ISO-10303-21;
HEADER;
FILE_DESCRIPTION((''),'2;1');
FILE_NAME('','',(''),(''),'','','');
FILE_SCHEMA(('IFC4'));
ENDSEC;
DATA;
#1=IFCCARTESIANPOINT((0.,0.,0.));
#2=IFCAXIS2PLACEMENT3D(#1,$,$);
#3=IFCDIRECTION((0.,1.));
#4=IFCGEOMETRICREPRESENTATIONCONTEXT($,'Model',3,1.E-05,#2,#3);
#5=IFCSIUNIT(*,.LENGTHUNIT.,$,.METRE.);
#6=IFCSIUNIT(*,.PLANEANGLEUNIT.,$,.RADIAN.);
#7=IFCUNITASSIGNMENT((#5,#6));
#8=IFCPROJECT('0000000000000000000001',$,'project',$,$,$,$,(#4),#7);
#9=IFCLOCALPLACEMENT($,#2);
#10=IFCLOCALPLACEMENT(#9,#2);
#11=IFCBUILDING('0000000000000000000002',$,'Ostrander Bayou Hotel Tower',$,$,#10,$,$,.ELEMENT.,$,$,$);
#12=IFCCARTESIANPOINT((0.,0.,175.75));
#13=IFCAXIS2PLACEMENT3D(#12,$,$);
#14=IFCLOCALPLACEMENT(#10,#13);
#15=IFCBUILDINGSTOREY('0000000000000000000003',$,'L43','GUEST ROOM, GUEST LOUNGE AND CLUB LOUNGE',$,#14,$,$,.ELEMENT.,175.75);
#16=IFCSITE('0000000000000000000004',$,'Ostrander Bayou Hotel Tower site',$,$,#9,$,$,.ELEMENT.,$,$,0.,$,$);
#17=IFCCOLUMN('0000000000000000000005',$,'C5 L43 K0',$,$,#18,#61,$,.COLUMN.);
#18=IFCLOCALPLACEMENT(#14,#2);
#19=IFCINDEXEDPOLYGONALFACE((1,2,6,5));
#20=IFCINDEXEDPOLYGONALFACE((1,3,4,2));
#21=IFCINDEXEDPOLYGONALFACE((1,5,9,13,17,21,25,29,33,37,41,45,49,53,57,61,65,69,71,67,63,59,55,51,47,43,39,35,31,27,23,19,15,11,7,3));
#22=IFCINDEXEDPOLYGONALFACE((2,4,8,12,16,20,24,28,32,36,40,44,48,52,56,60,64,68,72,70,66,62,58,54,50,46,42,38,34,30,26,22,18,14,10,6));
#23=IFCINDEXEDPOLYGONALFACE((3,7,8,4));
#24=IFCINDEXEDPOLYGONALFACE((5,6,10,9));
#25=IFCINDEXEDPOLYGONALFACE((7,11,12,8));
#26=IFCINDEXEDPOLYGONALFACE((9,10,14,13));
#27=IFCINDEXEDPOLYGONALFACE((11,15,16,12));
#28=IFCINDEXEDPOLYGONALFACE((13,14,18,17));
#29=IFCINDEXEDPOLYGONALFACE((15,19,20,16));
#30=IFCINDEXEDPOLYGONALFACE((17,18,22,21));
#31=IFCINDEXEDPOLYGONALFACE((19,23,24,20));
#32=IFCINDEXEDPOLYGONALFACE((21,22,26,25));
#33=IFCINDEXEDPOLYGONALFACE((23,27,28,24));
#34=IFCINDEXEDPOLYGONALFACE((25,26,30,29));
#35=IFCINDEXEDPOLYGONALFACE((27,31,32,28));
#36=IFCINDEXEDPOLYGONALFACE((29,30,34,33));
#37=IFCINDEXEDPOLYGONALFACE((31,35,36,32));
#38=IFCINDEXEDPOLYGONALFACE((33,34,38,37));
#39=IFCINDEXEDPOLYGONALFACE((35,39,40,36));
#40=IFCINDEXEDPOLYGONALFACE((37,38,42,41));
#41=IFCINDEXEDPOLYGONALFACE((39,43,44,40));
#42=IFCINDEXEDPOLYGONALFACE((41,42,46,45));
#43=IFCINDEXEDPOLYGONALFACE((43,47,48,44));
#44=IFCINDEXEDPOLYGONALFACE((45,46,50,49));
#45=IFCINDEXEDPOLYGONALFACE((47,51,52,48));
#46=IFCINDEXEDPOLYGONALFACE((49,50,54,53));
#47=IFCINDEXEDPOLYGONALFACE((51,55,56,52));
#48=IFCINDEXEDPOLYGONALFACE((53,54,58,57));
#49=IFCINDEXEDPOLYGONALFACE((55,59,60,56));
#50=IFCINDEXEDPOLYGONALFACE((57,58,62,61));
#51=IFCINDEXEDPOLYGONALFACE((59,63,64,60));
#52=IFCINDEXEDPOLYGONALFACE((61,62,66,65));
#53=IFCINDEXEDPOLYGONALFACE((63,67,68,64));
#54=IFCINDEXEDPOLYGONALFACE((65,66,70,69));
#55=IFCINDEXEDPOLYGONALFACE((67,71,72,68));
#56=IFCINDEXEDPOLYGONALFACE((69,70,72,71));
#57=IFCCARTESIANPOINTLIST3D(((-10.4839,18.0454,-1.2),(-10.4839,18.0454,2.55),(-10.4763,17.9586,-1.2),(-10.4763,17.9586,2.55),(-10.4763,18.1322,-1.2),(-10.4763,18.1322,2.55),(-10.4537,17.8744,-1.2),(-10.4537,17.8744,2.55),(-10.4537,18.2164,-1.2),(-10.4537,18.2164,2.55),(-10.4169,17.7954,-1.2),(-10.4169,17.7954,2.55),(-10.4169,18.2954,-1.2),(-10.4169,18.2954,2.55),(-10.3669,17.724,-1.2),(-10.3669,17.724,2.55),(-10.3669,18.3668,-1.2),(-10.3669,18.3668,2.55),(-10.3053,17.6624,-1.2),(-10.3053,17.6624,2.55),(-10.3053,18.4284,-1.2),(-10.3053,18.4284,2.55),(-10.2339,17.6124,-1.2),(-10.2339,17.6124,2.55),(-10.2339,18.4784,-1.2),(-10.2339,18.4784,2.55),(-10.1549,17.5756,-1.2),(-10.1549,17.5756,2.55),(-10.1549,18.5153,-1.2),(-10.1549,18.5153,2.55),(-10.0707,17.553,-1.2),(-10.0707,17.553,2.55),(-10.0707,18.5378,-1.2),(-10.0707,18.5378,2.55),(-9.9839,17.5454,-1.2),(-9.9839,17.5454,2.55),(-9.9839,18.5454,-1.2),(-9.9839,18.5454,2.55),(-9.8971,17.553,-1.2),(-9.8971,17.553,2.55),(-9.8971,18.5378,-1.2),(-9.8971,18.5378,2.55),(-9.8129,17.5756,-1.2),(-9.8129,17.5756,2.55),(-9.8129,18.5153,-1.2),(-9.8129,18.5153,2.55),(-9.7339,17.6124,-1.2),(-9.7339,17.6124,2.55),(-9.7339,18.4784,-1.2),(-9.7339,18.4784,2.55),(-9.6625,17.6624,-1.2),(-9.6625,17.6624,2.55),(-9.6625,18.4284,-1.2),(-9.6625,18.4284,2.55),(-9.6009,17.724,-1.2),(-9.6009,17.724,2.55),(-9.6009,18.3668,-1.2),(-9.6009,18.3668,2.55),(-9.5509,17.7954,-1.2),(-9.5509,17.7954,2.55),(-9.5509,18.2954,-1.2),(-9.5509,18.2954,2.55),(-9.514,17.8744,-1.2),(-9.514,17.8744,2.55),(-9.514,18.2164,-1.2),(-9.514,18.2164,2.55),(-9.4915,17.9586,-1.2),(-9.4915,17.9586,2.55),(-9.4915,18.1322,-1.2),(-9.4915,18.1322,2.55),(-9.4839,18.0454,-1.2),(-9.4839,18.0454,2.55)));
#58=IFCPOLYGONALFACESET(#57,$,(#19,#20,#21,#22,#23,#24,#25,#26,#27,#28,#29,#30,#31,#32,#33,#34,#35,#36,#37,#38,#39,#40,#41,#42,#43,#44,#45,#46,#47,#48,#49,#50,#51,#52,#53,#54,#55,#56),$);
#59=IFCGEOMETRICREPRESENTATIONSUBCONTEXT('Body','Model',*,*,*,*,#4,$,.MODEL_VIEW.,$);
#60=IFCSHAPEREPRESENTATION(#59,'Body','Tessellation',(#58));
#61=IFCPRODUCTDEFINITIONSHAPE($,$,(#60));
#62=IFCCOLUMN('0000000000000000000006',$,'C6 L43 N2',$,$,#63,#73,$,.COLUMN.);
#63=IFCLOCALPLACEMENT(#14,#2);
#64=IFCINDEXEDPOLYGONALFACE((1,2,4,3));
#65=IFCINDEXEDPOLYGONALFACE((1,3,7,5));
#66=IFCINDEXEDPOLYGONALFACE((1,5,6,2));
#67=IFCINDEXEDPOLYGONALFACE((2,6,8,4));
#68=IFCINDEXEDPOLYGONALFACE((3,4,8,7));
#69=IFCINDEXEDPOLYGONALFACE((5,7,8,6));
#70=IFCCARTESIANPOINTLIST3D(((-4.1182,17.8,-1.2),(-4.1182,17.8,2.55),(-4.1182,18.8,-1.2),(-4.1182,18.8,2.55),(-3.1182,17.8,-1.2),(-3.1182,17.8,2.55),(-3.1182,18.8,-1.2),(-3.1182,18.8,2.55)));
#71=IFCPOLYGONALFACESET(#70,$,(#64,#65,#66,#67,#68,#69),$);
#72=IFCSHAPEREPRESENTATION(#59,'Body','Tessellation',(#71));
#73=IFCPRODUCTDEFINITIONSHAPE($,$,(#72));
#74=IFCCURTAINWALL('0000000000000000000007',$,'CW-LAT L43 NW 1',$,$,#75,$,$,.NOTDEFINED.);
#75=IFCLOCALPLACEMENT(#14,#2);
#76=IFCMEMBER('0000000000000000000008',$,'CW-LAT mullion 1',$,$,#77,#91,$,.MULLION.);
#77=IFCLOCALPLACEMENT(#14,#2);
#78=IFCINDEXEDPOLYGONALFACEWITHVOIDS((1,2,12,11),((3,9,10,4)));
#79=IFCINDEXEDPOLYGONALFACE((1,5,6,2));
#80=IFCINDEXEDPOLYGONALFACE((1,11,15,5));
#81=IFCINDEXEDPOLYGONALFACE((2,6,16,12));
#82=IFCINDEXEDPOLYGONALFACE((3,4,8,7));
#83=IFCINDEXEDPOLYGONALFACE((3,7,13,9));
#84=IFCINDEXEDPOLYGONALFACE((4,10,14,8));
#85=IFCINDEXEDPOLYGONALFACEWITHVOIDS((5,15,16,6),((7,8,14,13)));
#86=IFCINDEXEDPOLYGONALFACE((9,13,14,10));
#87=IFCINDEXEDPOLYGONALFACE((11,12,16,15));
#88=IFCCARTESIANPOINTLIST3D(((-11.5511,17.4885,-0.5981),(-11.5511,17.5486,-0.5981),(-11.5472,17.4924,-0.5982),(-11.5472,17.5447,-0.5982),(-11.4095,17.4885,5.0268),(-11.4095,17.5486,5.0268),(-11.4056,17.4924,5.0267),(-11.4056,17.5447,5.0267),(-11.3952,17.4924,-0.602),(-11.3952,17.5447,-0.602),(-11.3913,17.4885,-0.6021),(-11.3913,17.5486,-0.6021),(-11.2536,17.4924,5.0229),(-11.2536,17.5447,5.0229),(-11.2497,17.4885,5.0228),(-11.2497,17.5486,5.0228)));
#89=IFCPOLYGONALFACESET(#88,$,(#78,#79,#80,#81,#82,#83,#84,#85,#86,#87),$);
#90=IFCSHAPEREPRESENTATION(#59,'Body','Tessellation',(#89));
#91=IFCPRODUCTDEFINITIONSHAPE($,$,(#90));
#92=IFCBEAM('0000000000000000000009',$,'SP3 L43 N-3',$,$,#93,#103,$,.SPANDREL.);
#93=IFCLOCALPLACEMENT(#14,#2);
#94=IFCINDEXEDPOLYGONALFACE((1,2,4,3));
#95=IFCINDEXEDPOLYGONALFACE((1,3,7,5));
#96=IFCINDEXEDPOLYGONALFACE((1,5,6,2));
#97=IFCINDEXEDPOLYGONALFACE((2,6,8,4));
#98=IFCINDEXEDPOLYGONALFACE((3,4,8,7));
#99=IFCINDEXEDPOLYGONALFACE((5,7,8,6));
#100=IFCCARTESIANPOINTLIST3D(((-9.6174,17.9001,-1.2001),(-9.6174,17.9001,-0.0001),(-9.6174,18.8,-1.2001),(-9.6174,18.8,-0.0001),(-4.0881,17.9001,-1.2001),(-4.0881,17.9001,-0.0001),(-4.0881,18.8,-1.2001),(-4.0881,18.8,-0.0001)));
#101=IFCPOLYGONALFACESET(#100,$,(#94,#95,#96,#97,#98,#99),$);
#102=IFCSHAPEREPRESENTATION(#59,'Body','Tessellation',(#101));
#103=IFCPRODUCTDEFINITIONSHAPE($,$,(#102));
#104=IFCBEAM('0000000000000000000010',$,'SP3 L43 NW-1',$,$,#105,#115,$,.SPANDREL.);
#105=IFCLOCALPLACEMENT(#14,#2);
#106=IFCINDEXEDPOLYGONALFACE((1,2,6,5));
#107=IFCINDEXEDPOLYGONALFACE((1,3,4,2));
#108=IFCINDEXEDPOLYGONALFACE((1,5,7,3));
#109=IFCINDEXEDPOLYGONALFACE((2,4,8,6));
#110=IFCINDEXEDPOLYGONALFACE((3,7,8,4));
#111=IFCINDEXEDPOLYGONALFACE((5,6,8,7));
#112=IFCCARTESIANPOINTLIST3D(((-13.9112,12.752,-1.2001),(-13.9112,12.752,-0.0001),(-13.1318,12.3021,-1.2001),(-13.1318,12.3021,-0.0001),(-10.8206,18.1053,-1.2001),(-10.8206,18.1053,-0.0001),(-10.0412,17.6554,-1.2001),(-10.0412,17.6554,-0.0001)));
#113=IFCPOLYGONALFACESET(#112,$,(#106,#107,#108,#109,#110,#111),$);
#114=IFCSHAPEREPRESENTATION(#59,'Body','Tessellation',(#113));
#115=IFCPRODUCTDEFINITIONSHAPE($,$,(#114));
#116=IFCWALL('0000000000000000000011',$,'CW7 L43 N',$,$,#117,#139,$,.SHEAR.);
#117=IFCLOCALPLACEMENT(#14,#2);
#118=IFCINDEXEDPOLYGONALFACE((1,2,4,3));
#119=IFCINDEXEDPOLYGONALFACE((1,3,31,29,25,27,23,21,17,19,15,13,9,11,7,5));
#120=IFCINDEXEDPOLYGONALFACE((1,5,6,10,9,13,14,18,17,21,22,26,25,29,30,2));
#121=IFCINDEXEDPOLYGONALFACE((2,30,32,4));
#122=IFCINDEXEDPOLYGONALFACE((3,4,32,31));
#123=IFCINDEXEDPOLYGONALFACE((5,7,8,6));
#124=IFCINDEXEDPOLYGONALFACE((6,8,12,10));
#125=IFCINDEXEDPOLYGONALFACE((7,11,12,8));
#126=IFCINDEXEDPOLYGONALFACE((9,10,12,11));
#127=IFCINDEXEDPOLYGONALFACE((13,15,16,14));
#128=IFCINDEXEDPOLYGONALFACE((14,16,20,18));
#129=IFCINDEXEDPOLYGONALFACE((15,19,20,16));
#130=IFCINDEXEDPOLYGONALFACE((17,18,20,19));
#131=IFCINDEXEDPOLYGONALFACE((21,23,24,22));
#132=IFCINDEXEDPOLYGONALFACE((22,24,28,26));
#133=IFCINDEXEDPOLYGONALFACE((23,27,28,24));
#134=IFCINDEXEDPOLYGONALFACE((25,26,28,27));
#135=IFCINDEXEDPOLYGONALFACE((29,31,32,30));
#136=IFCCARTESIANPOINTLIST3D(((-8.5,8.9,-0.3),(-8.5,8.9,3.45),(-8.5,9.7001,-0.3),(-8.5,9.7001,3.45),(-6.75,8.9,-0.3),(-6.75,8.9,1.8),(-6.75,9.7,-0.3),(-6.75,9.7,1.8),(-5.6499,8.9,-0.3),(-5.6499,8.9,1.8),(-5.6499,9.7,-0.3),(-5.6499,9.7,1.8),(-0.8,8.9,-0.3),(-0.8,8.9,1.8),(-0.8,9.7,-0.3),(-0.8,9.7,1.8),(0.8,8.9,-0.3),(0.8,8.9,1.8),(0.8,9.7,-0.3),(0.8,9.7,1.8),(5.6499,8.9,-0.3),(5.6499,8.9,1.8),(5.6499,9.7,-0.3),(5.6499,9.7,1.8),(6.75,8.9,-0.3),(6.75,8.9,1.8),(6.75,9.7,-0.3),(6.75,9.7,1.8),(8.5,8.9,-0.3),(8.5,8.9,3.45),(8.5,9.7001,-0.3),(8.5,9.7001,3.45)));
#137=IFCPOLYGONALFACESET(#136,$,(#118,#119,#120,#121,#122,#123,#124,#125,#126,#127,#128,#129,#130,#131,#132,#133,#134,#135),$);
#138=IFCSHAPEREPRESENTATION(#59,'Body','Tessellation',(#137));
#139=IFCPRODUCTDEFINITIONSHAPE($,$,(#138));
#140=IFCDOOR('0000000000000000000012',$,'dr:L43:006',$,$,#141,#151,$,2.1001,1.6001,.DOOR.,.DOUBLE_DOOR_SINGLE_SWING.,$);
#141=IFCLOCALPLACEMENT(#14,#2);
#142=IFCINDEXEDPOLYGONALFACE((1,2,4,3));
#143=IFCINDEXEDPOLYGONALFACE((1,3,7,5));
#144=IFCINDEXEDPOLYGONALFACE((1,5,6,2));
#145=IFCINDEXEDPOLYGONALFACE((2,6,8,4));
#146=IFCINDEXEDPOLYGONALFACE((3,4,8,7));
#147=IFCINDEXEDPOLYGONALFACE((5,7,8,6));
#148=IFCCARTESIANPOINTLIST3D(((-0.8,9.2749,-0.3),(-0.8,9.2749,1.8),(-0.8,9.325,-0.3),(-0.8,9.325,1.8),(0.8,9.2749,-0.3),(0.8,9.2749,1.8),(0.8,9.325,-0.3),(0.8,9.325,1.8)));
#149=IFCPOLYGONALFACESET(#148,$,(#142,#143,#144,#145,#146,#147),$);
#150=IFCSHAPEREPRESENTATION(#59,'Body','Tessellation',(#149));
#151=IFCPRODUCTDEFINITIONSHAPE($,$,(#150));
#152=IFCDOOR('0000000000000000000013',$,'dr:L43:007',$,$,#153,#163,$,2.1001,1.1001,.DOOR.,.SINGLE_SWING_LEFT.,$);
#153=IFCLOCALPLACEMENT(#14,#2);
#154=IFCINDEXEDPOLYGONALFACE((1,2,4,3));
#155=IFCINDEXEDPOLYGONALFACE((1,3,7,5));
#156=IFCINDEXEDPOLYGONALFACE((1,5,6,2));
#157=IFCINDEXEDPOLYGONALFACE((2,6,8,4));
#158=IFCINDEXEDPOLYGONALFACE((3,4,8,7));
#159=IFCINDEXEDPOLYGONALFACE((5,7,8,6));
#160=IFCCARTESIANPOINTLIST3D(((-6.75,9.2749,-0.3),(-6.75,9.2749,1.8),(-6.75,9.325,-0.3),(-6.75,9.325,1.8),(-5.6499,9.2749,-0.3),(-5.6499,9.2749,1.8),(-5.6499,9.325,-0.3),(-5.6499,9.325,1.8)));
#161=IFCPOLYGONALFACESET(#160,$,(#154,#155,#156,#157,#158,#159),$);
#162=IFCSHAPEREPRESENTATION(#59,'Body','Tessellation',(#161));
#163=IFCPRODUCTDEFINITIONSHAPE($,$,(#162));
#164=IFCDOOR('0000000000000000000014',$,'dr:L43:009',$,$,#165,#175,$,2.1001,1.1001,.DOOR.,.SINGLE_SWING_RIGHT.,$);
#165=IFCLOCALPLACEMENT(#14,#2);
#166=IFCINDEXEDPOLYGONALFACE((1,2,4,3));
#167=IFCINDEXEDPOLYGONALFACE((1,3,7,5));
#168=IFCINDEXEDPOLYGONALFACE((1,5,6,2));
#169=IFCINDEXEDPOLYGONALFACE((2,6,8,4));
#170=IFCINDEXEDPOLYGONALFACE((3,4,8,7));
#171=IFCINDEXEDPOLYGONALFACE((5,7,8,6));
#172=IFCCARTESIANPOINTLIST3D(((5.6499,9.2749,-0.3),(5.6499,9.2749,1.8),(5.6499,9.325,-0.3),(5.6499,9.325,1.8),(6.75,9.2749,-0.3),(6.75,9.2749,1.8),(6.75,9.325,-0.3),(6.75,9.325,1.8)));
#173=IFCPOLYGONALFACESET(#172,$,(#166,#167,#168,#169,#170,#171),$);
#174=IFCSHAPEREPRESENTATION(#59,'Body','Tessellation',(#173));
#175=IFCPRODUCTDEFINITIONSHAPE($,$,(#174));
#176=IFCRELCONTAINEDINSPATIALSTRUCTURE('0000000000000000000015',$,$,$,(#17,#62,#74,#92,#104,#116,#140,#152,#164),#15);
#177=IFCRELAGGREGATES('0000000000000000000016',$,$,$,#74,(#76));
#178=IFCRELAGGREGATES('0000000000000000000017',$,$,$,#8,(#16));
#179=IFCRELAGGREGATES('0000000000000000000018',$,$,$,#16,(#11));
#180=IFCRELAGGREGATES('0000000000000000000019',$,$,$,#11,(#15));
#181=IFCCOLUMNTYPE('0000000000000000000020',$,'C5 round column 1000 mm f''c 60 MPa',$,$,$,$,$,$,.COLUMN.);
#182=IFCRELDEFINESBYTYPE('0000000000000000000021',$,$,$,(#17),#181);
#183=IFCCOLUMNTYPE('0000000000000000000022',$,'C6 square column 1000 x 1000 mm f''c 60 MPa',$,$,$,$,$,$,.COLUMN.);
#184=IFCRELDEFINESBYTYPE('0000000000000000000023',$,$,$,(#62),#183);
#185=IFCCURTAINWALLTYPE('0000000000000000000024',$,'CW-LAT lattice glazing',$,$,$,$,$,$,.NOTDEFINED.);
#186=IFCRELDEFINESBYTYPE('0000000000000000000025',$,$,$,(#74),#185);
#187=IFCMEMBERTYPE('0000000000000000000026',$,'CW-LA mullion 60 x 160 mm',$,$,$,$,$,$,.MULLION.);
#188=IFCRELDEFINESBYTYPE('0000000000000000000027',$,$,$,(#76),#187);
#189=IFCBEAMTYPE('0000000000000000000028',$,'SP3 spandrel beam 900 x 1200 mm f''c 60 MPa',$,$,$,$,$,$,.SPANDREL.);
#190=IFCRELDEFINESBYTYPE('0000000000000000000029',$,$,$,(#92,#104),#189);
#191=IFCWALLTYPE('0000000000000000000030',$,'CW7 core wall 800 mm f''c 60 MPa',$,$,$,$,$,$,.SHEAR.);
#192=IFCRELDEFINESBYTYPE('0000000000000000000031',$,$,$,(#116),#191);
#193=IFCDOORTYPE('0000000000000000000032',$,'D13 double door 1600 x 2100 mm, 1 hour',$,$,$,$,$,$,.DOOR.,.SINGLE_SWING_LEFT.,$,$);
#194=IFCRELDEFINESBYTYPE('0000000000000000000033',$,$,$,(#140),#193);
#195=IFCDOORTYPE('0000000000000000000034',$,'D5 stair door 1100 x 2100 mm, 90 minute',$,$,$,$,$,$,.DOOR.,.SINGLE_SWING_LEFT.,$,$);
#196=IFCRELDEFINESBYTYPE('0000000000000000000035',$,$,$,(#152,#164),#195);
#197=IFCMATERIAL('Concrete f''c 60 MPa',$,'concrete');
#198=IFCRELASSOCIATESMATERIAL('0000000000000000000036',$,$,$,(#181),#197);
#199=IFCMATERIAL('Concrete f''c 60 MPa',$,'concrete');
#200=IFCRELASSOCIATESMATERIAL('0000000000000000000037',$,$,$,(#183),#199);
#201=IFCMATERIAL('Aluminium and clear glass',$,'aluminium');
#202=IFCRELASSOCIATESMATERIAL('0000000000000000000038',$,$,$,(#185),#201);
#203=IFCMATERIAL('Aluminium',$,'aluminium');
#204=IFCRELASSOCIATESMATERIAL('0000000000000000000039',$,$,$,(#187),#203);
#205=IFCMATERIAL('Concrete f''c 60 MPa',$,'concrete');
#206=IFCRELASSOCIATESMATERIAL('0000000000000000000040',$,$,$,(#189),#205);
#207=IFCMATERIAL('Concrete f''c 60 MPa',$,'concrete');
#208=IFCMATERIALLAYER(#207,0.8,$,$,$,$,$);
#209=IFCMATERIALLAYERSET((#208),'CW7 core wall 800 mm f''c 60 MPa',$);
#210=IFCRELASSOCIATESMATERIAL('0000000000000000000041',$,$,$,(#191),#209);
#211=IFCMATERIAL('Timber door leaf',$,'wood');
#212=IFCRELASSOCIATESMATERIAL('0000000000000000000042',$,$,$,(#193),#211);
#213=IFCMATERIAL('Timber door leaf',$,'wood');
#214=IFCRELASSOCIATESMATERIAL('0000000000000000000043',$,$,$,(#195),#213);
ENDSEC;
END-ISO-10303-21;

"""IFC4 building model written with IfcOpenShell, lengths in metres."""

from ifc_helpers import new_model, si_unit, direction, frame, frame_2d, origin, origin_2d, place, context, subcontext, project, spatial, rectangle, hollow_rectangle, circle, extrude, material, layer, layer_set, material_profile, profile_set, type_object, element, fill, aggregate, save


model = new_model("IFC4")

# Units and contexts
model_context = context("Model", 3, precision=1e-05, world=origin(), true_north=direction((0.0, 1.0)))
body_context = subcontext(model_context, "Body", "Model", "MODEL_VIEW")
ifc_project = project(units=[si_unit("LENGTHUNIT", "METRE"), si_unit("PLANEANGLEUNIT", "RADIAN")], contexts=[model_context])

# Site, building, storey
site_placement = place(None, origin())
site = spatial("IfcSite", under=ifc_project, at=site_placement, Name="Ostrander Bayou Hotel Tower site", CompositionType="ELEMENT", RefElevation=0.0)
building_placement = place(site_placement, origin())
building = spatial("IfcBuilding", under=site, at=building_placement, Name="Ostrander Bayou Hotel Tower", CompositionType="ELEMENT")
storey_placement = place(building_placement, frame((0.0, 0.0, 175.75)))
storey = spatial("IfcBuildingStorey", under=building, at=storey_placement, Name="L43", Description="GUEST ROOM, GUEST LOUNGE AND CLUB LOUNGE", CompositionType="ELEMENT", Elevation=175.75)

# Columns
ifc_material_1 = material(Name="Concrete f'c 60 MPa", Category="concrete")
ifc_material_profile_1 = material_profile(ifc_material_1, circle(Radius=0.5, at=origin_2d()))
ifc_profile_set_1 = profile_set([ifc_material_profile_1], Name="Concrete f'c 60 MPa")
column_type_1 = type_object("IfcColumnType", Name="C5 round column 1000 mm f'c 60 MPa", PredefinedType="COLUMN", material=ifc_profile_set_1)
column_1_placement = place(storey_placement, frame((-9.9839, 18.0454, -1.2), z_axis=(0.0, 0.0, 1.0), x_axis=(1.0, 0.0, 0.0)))
element("IfcColumn", 1, at=column_1_placement, inside=storey, type_object=column_type_1, Name="C5 L43 K0", PredefinedType="COLUMN", context=body_context, shape_type="SweptSolid", body=[
    extrude(circle(Radius=0.5, at=origin_2d()), origin(), (0.0, 0.0, 1.0), 3.75),
])
ifc_material_2 = material(Name="Concrete f'c 60 MPa", Category="concrete")
ifc_material_profile_2 = material_profile(ifc_material_2, rectangle(XDim=1.0, YDim=1.0, at=origin_2d()))
ifc_profile_set_2 = profile_set([ifc_material_profile_2], Name="Concrete f'c 60 MPa")
column_type_2 = type_object("IfcColumnType", Name="C6 square column 1000 x 1000 mm f'c 60 MPa", PredefinedType="COLUMN", material=ifc_profile_set_2)
column_2_placement = place(storey_placement, frame((-3.6182, 18.3, -1.2), z_axis=(0.0, 0.0, 1.0), x_axis=(1.0, 0.0, 0.0)))
element("IfcColumn", 2, at=column_2_placement, inside=storey, type_object=column_type_2, Name="C6 L43 N2", PredefinedType="COLUMN", context=body_context, shape_type="SweptSolid", body=[
    extrude(rectangle(XDim=1.0, YDim=1.0, at=origin_2d()), origin(), (0.0, 0.0, 1.0), 3.75),
])

# Curtain wall, member
ifc_material_3 = material(Name="Aluminium and clear glass", Category="aluminium")
curtain_wall_type = type_object("IfcCurtainWallType", Name="CW-LAT lattice glazing", PredefinedType="NOTDEFINED", material=ifc_material_3)
curtain_wall_placement = place(storey_placement, origin())
curtain_wall = element("IfcCurtainWall", 3, at=curtain_wall_placement, inside=storey, type_object=curtain_wall_type, Name="CW-LAT L43 NW 1", PredefinedType="NOTDEFINED")
ifc_material_4 = material(Name="Aluminium", Category="aluminium")
ifc_material_profile_3 = material_profile(ifc_material_4, hollow_rectangle(XDim=0.0601, YDim=0.1599, WallThickness=0.0039, at=origin_2d()))
ifc_profile_set_3 = profile_set([ifc_material_profile_3], Name="Aluminium")
member_type = type_object("IfcMemberType", Name="CW-LA mullion 60 x 160 mm", PredefinedType="MULLION", material=ifc_profile_set_3)
member_placement = place(storey_placement, frame((-11.4712, 17.5186, -0.6001), z_axis=(0.025166, 0.0, 0.999683), x_axis=(0.0, 1.0, 0.0)))
member = element("IfcMember", 4, at=member_placement, type_object=member_type, Name="CW-LAT mullion 1", PredefinedType="MULLION", context=body_context, shape_type="SweptSolid", body=[
    extrude(hollow_rectangle(XDim=0.0601, YDim=0.1599, WallThickness=0.0039, at=origin_2d()), origin(), (0.0, 0.0, 1.0), 5.6267),
])
aggregate(curtain_wall, [member])

# Beams
ifc_material_5 = material(Name="Concrete f'c 60 MPa", Category="concrete")
ifc_material_profile_4 = material_profile(ifc_material_5, rectangle(XDim=0.8999, YDim=1.2, at=origin_2d()))
ifc_profile_set_4 = profile_set([ifc_material_profile_4], Name="Concrete f'c 60 MPa")
beam_type = type_object("IfcBeamType", Name="SP3 spandrel beam 900 x 1200 mm f'c 60 MPa", PredefinedType="SPANDREL", material=ifc_profile_set_4)
beam_1_placement = place(storey_placement, frame((-4.0881, 18.3501, -0.6001), z_axis=(-1.0, 0.0, 0.0), x_axis=(0.0, -1.0, 0.0)))
element("IfcBeam", 5, at=beam_1_placement, inside=storey, type_object=beam_type, Name="SP3 L43 N-3", PredefinedType="SPANDREL", context=body_context, shape_type="SweptSolid", body=[
    extrude(rectangle(XDim=0.8999, YDim=1.2, at=origin_2d()), origin(), (0.0, 0.0, 1.0), 5.5293),
])
beam_2_placement = place(storey_placement, frame((-10.4309, 17.8804, -0.6001), z_axis=(-0.499983, -0.866035, 0.0), x_axis=(0.866035, -0.499983, 0.0)))
element("IfcBeam", 6, at=beam_2_placement, inside=storey, type_object=beam_type, Name="SP3 L43 NW-1", PredefinedType="SPANDREL", context=body_context, shape_type="SweptSolid", body=[
    extrude(rectangle(XDim=0.8999, YDim=1.2, at=origin_2d()), origin(), (0.0, 0.0, 1.0), 6.1814),
])

# Wall, openings, doors
ifc_material_6 = material(Name="Concrete f'c 60 MPa", Category="concrete")
ifc_layer_1 = layer(ifc_material_6, 0.8)
ifc_layer_set_1 = layer_set([ifc_layer_1], Name="CW7 core wall 800 mm f'c 60 MPa")
wall_type_1 = type_object("IfcWallType", Name="CW7 core wall 800 mm f'c 60 MPa", PredefinedType="SHEAR", material=ifc_layer_set_1)
wall_1_placement = place(storey_placement, frame((-8.5, 9.3, -0.3), z_axis=(0.0, 0.0, 1.0), x_axis=(1.0, 0.0, 0.0)))
wall_1 = element("IfcWall", 7, at=wall_1_placement, inside=storey, type_object=wall_type_1, Name="CW7 L43 N", PredefinedType="SHEAR", context=body_context, shape_type="SweptSolid", body=[
    extrude(rectangle(XDim=17.0, YDim=0.8, at=frame_2d((8.5, 0.0))), origin(), (0.0, 0.0, 1.0), 3.75),
])
opening_1_placement = place(wall_1_placement, frame((7.7, 0.0, 0.0)))
opening_1 = element("IfcOpeningElement", 8, at=opening_1_placement, cuts=wall_1, PredefinedType="OPENING", context=body_context, shape_type="SweptSolid", body=[
    extrude(rectangle(XDim=1.6001, YDim=2.1001, at=frame_2d((0.8, 1.05))), frame((0.0, 0.3999, 0.0), z_axis=(0.0, -1.0, 0.0), x_axis=(1.0, 0.0, 0.0)), (0.0, 0.0, 1.0), 0.8),
])
opening_2_placement = place(wall_1_placement, frame((1.75, 0.0, 0.0)))
opening_2 = element("IfcOpeningElement", 9, at=opening_2_placement, cuts=wall_1, PredefinedType="OPENING", context=body_context, shape_type="SweptSolid", body=[
    extrude(rectangle(XDim=1.1001, YDim=2.1001, at=frame_2d((0.55, 1.05))), frame((0.0, 0.3999, 0.0), z_axis=(0.0, -1.0, 0.0), x_axis=(1.0, 0.0, 0.0)), (0.0, 0.0, 1.0), 0.8),
])
opening_3_placement = place(wall_1_placement, frame((14.1499, 0.0, 0.0)))
opening_3 = element("IfcOpeningElement", 10, at=opening_3_placement, cuts=wall_1, PredefinedType="OPENING", context=body_context, shape_type="SweptSolid", body=[
    extrude(rectangle(XDim=1.1001, YDim=2.1001, at=frame_2d((0.55, 1.05))), frame((0.0, 0.3999, 0.0), z_axis=(0.0, -1.0, 0.0), x_axis=(1.0, 0.0, 0.0)), (0.0, 0.0, 1.0), 0.8),
])
ifc_material_7 = material(Name="Timber door leaf", Category="wood")
door_type_1 = type_object("IfcDoorType", Name="D13 double door 1600 x 2100 mm, 1 hour", OperationType="SINGLE_SWING_LEFT", PredefinedType="DOOR", material=ifc_material_7)
door_1_placement = place(opening_1_placement, origin())
door_1 = element("IfcDoor", 11, at=door_1_placement, inside=storey, type_object=door_type_1, Name="dr:L43:006", OperationType="DOUBLE_DOOR_SINGLE_SWING", OverallHeight=2.1001, OverallWidth=1.6001, PredefinedType="DOOR", context=body_context, shape_type="SweptSolid", body=[
    extrude(rectangle(XDim=1.6001, YDim=2.1001, at=frame_2d((0.8, 1.05))), frame((0.0, 0.0249, 0.0), z_axis=(0.0, -1.0, 0.0), x_axis=(1.0, 0.0, 0.0)), (0.0, 0.0, 1.0), 0.05),
])
fill(opening_1, door_1)
ifc_material_8 = material(Name="Timber door leaf", Category="wood")
door_type_2 = type_object("IfcDoorType", Name="D5 stair door 1100 x 2100 mm, 90 minute", OperationType="SINGLE_SWING_LEFT", PredefinedType="DOOR", material=ifc_material_8)
door_2_placement = place(opening_2_placement, origin())
door_2 = element("IfcDoor", 12, at=door_2_placement, inside=storey, type_object=door_type_2, Name="dr:L43:007", OperationType="SINGLE_SWING_LEFT", OverallHeight=2.1001, OverallWidth=1.1001, PredefinedType="DOOR", context=body_context, shape_type="SweptSolid", body=[
    extrude(rectangle(XDim=1.1001, YDim=2.1001, at=frame_2d((0.55, 1.05))), frame((0.0, 0.0249, 0.0), z_axis=(0.0, -1.0, 0.0), x_axis=(1.0, 0.0, 0.0)), (0.0, 0.0, 1.0), 0.05),
])
fill(opening_2, door_2)
door_3_placement = place(opening_3_placement, origin())
door_3 = element("IfcDoor", 13, at=door_3_placement, inside=storey, type_object=door_type_2, Name="dr:L43:009", OperationType="SINGLE_SWING_RIGHT", OverallHeight=2.1001, OverallWidth=1.1001, PredefinedType="DOOR", context=body_context, shape_type="SweptSolid", body=[
    extrude(rectangle(XDim=1.1001, YDim=2.1001, at=frame_2d((0.55, 1.05))), frame((0.0, 0.0249, 0.0), z_axis=(0.0, -1.0, 0.0), x_axis=(1.0, 0.0, 0.0)), (0.0, 0.0, 1.0), 0.05),
])
fill(opening_3, door_3)

save(model, "model.ifc")
